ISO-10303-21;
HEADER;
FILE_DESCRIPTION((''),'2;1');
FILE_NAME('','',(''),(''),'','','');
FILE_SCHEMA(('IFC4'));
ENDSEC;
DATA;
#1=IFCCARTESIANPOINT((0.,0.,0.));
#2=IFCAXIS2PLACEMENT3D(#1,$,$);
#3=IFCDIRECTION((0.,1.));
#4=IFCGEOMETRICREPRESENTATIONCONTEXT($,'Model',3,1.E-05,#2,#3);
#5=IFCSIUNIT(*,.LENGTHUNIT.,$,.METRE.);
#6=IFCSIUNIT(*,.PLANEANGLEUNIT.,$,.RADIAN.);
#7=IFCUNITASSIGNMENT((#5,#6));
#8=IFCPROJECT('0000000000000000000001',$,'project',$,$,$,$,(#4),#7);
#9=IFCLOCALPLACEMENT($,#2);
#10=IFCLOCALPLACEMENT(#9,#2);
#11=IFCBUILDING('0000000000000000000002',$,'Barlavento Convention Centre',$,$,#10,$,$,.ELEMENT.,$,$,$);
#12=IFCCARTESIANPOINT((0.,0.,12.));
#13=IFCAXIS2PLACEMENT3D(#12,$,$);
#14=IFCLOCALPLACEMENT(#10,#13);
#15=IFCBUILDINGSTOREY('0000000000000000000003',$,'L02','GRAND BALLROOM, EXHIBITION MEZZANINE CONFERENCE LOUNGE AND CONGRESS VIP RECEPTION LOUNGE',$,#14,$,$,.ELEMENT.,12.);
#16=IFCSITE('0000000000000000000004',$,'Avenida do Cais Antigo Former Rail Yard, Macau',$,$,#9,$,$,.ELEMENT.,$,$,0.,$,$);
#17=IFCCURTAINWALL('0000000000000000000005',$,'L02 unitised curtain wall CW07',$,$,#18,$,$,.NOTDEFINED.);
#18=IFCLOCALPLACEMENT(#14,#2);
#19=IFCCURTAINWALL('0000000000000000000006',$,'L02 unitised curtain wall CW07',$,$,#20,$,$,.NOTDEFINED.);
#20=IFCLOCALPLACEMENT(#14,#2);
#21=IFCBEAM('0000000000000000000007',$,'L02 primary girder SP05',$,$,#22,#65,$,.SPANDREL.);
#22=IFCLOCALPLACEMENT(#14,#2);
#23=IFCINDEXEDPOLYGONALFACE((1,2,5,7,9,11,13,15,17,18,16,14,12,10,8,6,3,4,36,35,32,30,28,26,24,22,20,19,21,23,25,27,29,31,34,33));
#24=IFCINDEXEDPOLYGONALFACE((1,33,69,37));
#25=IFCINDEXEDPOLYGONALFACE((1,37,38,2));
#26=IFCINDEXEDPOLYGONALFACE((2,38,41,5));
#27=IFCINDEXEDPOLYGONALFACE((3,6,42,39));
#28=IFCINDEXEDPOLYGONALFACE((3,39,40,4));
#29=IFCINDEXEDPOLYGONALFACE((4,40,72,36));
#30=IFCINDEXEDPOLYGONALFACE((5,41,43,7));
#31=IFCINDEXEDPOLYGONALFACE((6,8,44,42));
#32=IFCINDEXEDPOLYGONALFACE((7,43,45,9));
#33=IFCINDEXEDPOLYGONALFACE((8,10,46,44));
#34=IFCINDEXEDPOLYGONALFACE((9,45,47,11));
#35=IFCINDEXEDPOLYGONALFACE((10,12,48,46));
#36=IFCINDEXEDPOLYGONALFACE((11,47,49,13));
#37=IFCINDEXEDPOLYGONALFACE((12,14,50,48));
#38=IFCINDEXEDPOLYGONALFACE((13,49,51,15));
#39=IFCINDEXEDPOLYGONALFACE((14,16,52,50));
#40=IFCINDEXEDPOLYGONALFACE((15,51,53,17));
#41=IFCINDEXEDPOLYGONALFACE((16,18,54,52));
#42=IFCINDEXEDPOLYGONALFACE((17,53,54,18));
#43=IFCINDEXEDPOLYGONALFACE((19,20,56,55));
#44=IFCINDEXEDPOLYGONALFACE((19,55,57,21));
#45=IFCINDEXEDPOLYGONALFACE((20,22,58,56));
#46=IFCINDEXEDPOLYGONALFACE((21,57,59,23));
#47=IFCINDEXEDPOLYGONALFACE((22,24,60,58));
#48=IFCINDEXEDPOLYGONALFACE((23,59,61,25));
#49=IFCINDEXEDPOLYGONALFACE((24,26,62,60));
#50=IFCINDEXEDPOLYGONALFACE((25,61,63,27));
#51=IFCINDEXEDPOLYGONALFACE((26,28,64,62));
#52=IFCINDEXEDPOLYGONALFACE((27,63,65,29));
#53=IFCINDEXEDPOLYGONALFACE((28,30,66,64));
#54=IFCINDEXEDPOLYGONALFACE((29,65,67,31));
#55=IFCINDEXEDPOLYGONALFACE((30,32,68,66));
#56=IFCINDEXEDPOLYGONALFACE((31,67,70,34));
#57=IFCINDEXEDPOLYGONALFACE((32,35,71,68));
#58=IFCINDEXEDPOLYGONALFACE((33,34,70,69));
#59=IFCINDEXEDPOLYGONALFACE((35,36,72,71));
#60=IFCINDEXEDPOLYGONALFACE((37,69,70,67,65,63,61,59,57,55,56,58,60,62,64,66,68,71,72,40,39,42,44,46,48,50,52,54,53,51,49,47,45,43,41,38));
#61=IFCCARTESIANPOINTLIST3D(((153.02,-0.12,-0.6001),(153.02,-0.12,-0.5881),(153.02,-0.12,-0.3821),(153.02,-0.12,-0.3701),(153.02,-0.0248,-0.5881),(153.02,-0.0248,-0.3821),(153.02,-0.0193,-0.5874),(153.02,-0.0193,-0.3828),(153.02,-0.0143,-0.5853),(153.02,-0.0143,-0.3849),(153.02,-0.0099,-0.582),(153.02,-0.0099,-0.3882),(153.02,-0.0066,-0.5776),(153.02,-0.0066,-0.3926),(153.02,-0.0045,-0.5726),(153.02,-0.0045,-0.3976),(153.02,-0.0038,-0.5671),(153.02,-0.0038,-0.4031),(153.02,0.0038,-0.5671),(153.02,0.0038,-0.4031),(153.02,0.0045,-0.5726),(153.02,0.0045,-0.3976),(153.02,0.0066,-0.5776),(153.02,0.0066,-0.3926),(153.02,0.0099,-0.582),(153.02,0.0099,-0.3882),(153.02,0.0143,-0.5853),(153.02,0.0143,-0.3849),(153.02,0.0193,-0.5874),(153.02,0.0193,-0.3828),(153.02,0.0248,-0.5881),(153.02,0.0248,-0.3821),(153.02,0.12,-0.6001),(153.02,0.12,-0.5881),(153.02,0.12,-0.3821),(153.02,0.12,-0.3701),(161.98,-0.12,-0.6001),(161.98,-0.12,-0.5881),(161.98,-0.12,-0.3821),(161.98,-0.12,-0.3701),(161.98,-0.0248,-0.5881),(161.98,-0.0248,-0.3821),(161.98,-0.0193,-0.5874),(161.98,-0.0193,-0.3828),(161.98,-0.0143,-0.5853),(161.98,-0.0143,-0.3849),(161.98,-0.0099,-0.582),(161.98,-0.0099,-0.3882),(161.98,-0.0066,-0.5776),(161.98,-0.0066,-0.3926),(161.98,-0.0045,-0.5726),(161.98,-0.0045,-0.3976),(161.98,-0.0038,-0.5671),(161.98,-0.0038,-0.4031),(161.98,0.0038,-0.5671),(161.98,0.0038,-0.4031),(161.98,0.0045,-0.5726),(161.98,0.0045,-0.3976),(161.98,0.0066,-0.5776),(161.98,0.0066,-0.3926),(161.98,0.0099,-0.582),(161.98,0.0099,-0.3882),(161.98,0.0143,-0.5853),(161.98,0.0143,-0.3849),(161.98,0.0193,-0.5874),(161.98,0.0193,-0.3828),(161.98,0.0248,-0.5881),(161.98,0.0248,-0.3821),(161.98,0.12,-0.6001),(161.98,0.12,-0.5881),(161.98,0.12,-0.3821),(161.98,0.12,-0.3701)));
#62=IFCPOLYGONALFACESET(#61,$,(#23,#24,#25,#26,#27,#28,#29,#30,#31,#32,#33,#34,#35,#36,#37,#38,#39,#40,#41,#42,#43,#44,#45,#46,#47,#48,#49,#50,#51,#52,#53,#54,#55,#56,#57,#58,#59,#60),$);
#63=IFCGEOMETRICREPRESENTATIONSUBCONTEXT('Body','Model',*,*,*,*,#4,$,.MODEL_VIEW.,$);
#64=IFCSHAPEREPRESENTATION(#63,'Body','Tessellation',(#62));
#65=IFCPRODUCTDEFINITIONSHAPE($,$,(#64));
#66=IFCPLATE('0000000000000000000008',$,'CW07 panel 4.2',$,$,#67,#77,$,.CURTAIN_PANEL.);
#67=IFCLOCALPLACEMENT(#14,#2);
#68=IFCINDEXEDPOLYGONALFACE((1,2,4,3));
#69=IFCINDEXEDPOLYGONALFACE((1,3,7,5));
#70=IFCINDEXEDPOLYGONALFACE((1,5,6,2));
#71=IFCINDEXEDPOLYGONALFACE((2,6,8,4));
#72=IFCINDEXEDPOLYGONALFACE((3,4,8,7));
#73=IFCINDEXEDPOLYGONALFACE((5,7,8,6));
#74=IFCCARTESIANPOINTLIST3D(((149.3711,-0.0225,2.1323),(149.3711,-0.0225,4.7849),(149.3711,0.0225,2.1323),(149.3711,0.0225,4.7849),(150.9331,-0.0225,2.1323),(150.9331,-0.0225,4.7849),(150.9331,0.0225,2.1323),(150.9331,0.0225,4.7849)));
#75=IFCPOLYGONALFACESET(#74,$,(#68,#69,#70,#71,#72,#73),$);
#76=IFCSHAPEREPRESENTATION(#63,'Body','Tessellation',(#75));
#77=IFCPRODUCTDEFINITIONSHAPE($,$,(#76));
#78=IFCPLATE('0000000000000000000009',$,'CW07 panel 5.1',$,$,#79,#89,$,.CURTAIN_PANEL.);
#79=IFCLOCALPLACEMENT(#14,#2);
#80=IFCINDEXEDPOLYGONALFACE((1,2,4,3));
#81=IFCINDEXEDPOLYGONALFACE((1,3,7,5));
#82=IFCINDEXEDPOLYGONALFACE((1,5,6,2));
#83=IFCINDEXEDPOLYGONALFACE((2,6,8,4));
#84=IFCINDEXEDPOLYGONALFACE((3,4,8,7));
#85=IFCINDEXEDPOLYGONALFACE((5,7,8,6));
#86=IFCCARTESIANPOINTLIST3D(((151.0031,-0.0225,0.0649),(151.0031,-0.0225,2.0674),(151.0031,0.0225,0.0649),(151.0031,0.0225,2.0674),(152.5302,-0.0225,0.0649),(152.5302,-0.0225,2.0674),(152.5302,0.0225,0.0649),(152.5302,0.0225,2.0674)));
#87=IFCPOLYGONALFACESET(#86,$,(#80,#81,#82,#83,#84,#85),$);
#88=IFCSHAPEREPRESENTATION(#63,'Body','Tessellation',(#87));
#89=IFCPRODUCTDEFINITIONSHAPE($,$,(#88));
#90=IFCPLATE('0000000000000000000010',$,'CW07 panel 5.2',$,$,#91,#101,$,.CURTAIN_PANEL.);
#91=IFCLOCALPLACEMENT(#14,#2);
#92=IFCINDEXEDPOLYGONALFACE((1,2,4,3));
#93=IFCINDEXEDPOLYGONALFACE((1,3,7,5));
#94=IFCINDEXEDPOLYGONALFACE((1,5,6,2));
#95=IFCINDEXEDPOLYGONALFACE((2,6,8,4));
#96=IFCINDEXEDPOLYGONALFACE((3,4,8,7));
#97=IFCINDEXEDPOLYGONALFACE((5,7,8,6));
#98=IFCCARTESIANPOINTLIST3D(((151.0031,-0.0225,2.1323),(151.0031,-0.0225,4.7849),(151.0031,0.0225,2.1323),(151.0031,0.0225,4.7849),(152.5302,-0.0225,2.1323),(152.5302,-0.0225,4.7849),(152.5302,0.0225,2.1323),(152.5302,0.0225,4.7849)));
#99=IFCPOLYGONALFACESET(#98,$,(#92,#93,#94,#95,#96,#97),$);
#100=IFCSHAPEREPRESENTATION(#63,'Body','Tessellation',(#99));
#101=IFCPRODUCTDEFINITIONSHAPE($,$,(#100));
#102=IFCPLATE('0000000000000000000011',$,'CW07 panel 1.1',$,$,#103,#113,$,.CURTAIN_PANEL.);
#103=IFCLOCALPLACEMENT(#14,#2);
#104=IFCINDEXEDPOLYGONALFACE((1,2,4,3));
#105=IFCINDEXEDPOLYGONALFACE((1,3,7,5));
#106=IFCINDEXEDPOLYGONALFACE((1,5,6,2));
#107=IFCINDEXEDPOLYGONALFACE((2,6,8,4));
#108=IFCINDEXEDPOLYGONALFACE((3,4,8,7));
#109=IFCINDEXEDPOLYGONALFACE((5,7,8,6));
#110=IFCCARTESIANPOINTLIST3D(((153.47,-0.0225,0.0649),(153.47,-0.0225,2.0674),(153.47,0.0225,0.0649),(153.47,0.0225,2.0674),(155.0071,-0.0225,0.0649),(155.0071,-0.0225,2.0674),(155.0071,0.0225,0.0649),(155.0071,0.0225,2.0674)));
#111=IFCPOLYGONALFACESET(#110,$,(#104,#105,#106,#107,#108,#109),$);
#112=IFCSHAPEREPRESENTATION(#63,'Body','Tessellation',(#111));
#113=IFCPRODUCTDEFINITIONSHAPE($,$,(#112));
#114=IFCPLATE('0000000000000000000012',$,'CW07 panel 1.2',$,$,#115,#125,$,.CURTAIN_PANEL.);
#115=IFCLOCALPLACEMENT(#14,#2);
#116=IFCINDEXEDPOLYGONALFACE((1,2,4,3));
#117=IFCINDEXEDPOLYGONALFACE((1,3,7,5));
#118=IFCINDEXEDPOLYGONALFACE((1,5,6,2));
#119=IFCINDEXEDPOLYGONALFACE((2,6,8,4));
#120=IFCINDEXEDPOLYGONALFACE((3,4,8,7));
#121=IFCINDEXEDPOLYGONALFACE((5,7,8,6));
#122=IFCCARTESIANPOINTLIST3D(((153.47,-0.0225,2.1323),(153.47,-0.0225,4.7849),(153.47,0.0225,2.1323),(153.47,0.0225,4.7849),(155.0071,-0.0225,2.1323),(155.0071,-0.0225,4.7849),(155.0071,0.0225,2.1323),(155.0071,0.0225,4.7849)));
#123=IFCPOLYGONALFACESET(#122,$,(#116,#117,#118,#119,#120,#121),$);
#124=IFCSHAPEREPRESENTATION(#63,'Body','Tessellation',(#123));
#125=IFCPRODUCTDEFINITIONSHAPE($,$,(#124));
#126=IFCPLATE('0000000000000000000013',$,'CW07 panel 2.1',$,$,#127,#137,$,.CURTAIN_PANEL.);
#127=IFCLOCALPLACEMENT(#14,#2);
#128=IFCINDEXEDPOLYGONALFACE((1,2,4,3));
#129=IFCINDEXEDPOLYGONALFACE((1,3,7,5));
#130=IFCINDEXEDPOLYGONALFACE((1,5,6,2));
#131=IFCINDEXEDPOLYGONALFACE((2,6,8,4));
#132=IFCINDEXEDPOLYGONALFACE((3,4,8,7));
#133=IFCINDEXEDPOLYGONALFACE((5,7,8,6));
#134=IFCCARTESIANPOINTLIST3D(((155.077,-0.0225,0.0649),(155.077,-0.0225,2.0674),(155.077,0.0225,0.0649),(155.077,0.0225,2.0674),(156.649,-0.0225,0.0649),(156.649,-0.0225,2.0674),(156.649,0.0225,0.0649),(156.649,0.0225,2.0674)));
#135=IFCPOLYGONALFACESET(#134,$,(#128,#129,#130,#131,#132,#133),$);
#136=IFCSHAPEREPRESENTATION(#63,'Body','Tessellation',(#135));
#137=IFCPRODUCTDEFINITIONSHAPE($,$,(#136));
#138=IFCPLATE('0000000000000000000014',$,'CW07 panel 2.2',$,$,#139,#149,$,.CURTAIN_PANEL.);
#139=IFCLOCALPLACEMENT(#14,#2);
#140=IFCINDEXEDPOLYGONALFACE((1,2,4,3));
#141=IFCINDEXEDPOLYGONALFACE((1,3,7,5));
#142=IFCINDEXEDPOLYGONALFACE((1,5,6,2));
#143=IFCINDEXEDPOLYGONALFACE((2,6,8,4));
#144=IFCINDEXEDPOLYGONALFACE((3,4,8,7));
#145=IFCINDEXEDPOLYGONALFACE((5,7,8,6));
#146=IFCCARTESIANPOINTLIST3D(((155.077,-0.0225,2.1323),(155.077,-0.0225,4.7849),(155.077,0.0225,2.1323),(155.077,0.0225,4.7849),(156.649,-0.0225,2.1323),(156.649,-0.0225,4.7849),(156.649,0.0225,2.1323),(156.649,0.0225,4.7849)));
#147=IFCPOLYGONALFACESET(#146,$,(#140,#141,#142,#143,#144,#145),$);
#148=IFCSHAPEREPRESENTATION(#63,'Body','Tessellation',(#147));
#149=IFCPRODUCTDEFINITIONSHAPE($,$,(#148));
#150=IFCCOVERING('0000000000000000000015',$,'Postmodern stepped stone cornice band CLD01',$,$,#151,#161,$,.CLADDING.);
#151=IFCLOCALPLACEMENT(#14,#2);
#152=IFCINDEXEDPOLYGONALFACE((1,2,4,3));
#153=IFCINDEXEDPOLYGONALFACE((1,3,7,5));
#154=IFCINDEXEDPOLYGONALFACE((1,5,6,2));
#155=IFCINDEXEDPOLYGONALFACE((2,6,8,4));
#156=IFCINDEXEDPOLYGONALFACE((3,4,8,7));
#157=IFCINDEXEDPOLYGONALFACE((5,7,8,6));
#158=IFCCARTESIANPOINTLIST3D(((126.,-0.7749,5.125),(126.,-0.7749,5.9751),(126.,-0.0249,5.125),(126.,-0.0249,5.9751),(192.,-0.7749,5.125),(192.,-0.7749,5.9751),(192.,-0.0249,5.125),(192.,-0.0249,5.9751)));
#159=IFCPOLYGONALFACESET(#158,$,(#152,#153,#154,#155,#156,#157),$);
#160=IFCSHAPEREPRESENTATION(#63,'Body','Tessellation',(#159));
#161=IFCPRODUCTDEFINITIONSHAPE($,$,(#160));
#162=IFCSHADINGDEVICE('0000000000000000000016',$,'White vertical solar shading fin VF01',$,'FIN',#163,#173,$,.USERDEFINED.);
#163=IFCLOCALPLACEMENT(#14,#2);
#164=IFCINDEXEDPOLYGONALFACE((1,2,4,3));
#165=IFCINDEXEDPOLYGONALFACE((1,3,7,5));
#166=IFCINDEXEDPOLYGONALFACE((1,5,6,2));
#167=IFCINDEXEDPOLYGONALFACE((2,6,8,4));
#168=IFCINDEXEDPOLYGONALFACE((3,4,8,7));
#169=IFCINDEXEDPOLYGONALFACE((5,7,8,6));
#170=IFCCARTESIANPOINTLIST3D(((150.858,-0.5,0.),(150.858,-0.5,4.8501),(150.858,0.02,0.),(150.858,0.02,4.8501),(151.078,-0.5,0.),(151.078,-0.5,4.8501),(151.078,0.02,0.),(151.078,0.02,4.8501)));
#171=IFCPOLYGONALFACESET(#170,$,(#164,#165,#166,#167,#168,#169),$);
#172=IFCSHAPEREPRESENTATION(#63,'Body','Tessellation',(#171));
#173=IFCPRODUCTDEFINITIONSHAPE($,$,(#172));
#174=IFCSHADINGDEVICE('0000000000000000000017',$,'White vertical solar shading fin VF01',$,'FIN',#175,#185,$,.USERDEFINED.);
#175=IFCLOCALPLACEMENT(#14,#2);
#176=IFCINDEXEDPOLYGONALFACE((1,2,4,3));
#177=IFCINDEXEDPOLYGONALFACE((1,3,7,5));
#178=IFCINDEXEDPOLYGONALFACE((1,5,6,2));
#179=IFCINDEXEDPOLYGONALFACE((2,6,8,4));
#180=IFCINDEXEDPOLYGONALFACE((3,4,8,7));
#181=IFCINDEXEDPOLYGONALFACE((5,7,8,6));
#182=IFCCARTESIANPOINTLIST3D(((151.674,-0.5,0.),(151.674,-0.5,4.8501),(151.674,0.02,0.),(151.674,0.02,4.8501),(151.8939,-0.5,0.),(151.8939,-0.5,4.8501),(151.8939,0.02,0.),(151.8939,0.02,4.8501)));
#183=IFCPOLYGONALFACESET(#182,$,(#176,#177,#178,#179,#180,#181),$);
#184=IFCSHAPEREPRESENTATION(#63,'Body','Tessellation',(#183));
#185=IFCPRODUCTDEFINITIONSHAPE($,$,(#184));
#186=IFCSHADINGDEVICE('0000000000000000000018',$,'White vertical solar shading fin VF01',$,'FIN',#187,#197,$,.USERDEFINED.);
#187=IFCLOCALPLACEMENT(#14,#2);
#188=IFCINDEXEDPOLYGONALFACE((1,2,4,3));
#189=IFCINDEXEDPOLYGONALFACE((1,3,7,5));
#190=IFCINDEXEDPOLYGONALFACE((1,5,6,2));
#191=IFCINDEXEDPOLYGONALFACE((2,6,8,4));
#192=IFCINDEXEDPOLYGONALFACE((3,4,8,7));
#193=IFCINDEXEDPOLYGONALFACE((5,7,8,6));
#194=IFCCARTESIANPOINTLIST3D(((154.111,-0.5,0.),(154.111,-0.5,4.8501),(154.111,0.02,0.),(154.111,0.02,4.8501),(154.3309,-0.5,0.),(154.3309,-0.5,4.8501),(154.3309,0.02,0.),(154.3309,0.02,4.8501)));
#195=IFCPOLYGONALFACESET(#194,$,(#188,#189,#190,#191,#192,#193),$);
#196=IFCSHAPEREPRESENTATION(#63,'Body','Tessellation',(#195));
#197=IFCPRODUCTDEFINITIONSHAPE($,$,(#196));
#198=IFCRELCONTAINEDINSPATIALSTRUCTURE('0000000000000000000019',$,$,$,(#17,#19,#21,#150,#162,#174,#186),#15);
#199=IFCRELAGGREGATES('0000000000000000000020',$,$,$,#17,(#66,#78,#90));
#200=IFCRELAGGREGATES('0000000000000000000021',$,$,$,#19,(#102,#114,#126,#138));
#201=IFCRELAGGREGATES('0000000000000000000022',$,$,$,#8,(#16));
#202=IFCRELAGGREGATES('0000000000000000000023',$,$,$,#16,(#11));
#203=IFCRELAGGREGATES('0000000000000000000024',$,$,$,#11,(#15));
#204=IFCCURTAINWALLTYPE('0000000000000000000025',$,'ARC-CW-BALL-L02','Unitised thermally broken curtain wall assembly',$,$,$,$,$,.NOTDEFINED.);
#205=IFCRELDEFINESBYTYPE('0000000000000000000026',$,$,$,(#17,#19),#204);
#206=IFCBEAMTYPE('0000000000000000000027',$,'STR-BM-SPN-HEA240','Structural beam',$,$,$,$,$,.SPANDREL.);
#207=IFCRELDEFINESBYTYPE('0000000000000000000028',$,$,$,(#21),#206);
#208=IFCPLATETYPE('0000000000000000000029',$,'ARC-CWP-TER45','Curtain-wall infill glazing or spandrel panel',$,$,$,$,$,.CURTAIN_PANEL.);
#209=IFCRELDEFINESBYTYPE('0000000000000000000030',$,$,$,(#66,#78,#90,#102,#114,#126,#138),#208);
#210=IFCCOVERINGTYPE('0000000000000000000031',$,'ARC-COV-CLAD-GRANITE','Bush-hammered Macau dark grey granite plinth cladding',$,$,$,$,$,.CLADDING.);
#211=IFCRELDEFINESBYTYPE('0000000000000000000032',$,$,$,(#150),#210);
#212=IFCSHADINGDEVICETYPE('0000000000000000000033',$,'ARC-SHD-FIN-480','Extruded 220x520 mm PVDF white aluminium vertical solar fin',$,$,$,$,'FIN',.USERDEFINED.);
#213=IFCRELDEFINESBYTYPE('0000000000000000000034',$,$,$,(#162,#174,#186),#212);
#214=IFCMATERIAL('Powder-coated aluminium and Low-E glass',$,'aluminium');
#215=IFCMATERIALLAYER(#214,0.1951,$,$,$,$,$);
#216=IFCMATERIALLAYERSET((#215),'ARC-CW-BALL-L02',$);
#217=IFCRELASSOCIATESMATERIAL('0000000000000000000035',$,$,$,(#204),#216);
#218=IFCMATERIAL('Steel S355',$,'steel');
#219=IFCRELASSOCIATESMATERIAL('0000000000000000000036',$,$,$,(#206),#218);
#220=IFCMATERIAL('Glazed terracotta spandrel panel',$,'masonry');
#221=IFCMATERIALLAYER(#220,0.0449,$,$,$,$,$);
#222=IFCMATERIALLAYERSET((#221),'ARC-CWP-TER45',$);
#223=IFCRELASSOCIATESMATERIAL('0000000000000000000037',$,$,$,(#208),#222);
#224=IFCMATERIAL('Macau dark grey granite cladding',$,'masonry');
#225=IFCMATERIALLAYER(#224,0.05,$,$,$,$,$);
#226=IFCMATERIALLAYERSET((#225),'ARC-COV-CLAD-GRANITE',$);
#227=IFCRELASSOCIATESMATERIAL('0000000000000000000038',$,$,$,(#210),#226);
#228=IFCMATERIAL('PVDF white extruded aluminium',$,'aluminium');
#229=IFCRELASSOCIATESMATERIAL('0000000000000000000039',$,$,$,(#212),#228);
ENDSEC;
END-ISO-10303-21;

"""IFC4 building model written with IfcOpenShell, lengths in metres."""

from ifc_helpers import new_model, si_unit, direction, frame, origin, origin_2d, place, context, subcontext, project, spatial, rectangle, i_section, extrude, material, layer, layer_set, material_profile, profile_set, type_object, element, aggregate, save


model = new_model("IFC4")

# Units and contexts
model_context = context("Model", 3, precision=1e-05, world=origin(), true_north=direction((0.0, 1.0)))
body_context = subcontext(model_context, "Body", "Model", "MODEL_VIEW")
ifc_project = project(units=[si_unit("LENGTHUNIT", "METRE"), si_unit("PLANEANGLEUNIT", "RADIAN")], contexts=[model_context])

# Site, building, storey
site_placement = place(None, origin())
site = spatial("IfcSite", under=ifc_project, at=site_placement, Name="Avenida do Cais Antigo Former Rail Yard, Macau", CompositionType="ELEMENT", RefElevation=0.0)
building_placement = place(site_placement, origin())
building = spatial("IfcBuilding", under=site, at=building_placement, Name="Barlavento Convention Centre", CompositionType="ELEMENT")
storey_placement = place(building_placement, frame((0.0, 0.0, 12.0)))
storey = spatial("IfcBuildingStorey", under=building, at=storey_placement, Name="L02", Description="GRAND BALLROOM, EXHIBITION MEZZANINE CONFERENCE LOUNGE AND CONGRESS VIP RECEPTION LOUNGE", CompositionType="ELEMENT", Elevation=12.0)

# Shared definitions
ifc_material_1 = material(Name="Steel S355", Category="steel")

# Curtain walls
ifc_material_2 = material(Name="Powder-coated aluminium and Low-E glass", Category="aluminium")
ifc_layer_1 = layer(ifc_material_2, 0.1951)
ifc_layer_set_1 = layer_set([ifc_layer_1], Name="ARC-CW-BALL-L02")
curtain_wall_type = type_object("IfcCurtainWallType", Name="ARC-CW-BALL-L02", Description="Unitised thermally broken curtain wall assembly", PredefinedType="NOTDEFINED", material=ifc_layer_set_1)
curtain_wall_1_placement = place(storey_placement, origin())
curtain_wall_1 = element("IfcCurtainWall", 1, at=curtain_wall_1_placement, inside=storey, type_object=curtain_wall_type, Name="L02 unitised curtain wall CW07", PredefinedType="NOTDEFINED")
curtain_wall_2_placement = place(storey_placement, origin())
curtain_wall_2 = element("IfcCurtainWall", 2, at=curtain_wall_2_placement, inside=storey, type_object=curtain_wall_type, Name="L02 unitised curtain wall CW07", PredefinedType="NOTDEFINED")

# Beam
ifc_material_profile_1 = material_profile(ifc_material_1, i_section(OverallWidth=0.24, OverallDepth=0.23, WebThickness=0.0076, FlangeThickness=0.012, FilletRadius=0.021, at=origin_2d()), Name="HEA 240")
ifc_profile_set_1 = profile_set([ifc_material_profile_1], Name="Steel S355")
beam_type = type_object("IfcBeamType", Name="STR-BM-SPN-HEA240", Description="Structural beam", PredefinedType="SPANDREL", material=ifc_profile_set_1)
beam_placement = place(storey_placement, frame((153.02, 0.0, -0.4851), z_axis=(1.0, 0.0, 0.0), x_axis=(0.0, 1.0, 0.0)))
element("IfcBeam", 3, at=beam_placement, inside=storey, type_object=beam_type, Name="L02 primary girder SP05", PredefinedType="SPANDREL", context=body_context, shape_type="SweptSolid", body=[
    extrude(i_section(OverallWidth=0.24, OverallDepth=0.23, WebThickness=0.0076, FlangeThickness=0.012, FilletRadius=0.021, at=origin_2d()), origin(), (0.0, 0.0, 1.0), 8.96),
])

# Plates
ifc_material_3 = material(Name="Glazed terracotta spandrel panel", Category="masonry")
ifc_layer_2 = layer(ifc_material_3, 0.0449)
ifc_layer_set_2 = layer_set([ifc_layer_2], Name="ARC-CWP-TER45")
plate_type = type_object("IfcPlateType", Name="ARC-CWP-TER45", Description="Curtain-wall infill glazing or spandrel panel", PredefinedType="CURTAIN_PANEL", material=ifc_layer_set_2)
plate_1_placement = place(storey_placement, frame((150.1521, 0.0, 2.1323), z_axis=(0.0, 0.0, 1.0), x_axis=(1.0, 0.0, 0.0)))
plate_1 = element("IfcPlate", 4, at=plate_1_placement, type_object=plate_type, Name="CW07 panel 4.2", PredefinedType="CURTAIN_PANEL", context=body_context, shape_type="SweptSolid", body=[
    extrude(rectangle(XDim=1.562, YDim=0.0449, at=origin_2d()), origin(), (0.0, 0.0, 1.0), 2.6526),
])
plate_2_placement = place(storey_placement, frame((151.7666, 0.0, 0.0649), z_axis=(0.0, 0.0, 1.0), x_axis=(1.0, 0.0, 0.0)))
plate_2 = element("IfcPlate", 5, at=plate_2_placement, type_object=plate_type, Name="CW07 panel 5.1", PredefinedType="CURTAIN_PANEL", context=body_context, shape_type="SweptSolid", body=[
    extrude(rectangle(XDim=1.5271, YDim=0.0449, at=origin_2d()), origin(), (0.0, 0.0, 1.0), 2.0024),
])
plate_3_placement = place(storey_placement, frame((151.7666, 0.0, 2.1323), z_axis=(0.0, 0.0, 1.0), x_axis=(1.0, 0.0, 0.0)))
plate_3 = element("IfcPlate", 6, at=plate_3_placement, type_object=plate_type, Name="CW07 panel 5.2", PredefinedType="CURTAIN_PANEL", context=body_context, shape_type="SweptSolid", body=[
    extrude(rectangle(XDim=1.5271, YDim=0.0449, at=origin_2d()), origin(), (0.0, 0.0, 1.0), 2.6526),
])
aggregate(curtain_wall_1, [plate_1, plate_2, plate_3])
plate_4_placement = place(storey_placement, frame((154.2385, 0.0, 0.0649), z_axis=(0.0, 0.0, 1.0), x_axis=(1.0, 0.0, 0.0)))
plate_4 = element("IfcPlate", 7, at=plate_4_placement, type_object=plate_type, Name="CW07 panel 1.1", PredefinedType="CURTAIN_PANEL", context=body_context, shape_type="SweptSolid", body=[
    extrude(rectangle(XDim=1.5371, YDim=0.0449, at=origin_2d()), origin(), (0.0, 0.0, 1.0), 2.0024),
])
plate_5_placement = place(storey_placement, frame((154.2385, 0.0, 2.1323), z_axis=(0.0, 0.0, 1.0), x_axis=(1.0, 0.0, 0.0)))
plate_5 = element("IfcPlate", 8, at=plate_5_placement, type_object=plate_type, Name="CW07 panel 1.2", PredefinedType="CURTAIN_PANEL", context=body_context, shape_type="SweptSolid", body=[
    extrude(rectangle(XDim=1.5371, YDim=0.0449, at=origin_2d()), origin(), (0.0, 0.0, 1.0), 2.6526),
])
plate_6_placement = place(storey_placement, frame((155.863, 0.0, 0.0649), z_axis=(0.0, 0.0, 1.0), x_axis=(1.0, 0.0, 0.0)))
plate_6 = element("IfcPlate", 9, at=plate_6_placement, type_object=plate_type, Name="CW07 panel 2.1", PredefinedType="CURTAIN_PANEL", context=body_context, shape_type="SweptSolid", body=[
    extrude(rectangle(XDim=1.572, YDim=0.0449, at=origin_2d()), origin(), (0.0, 0.0, 1.0), 2.0024),
])
plate_7_placement = place(storey_placement, frame((155.863, 0.0, 2.1323), z_axis=(0.0, 0.0, 1.0), x_axis=(1.0, 0.0, 0.0)))
plate_7 = element("IfcPlate", 10, at=plate_7_placement, type_object=plate_type, Name="CW07 panel 2.2", PredefinedType="CURTAIN_PANEL", context=body_context, shape_type="SweptSolid", body=[
    extrude(rectangle(XDim=1.572, YDim=0.0449, at=origin_2d()), origin(), (0.0, 0.0, 1.0), 2.6526),
])
aggregate(curtain_wall_2, [plate_4, plate_5, plate_6, plate_7])

# Covering
ifc_material_4 = material(Name="Macau dark grey granite cladding", Category="masonry")
ifc_layer_3 = layer(ifc_material_4, 0.05)
ifc_layer_set_3 = layer_set([ifc_layer_3], Name="ARC-COV-CLAD-GRANITE")
covering_type = type_object("IfcCoveringType", Name="ARC-COV-CLAD-GRANITE", Description="Bush-hammered Macau dark grey granite plinth cladding", PredefinedType="CLADDING", material=ifc_layer_set_3)
covering_placement = place(storey_placement, frame((159.0, -0.3999, 5.125), z_axis=(0.0, 0.0, 1.0), x_axis=(1.0, 0.0, 0.0)))
element("IfcCovering", 11, at=covering_placement, inside=storey, type_object=covering_type, Name="Postmodern stepped stone cornice band CLD01", PredefinedType="CLADDING", context=body_context, shape_type="SweptSolid", body=[
    extrude(rectangle(XDim=66.0, YDim=0.75, at=origin_2d()), origin(), (0.0, 0.0, 1.0), 0.8501),
])

# Shading devices
ifc_material_5 = material(Name="PVDF white extruded aluminium", Category="aluminium")
shading_device_type = type_object("IfcShadingDeviceType", Name="ARC-SHD-FIN-480", Description="Extruded 220x520 mm PVDF white aluminium vertical solar fin", ElementType="FIN", PredefinedType="USERDEFINED", material=ifc_material_5)
for number, where, z_axis, x_axis, name in (
    (12, (150.968, -0.24, 0.0), (0.0, 0.0, 1.0), (1.0, 0.0, 0.0), "White vertical solar shading fin VF01"),
    (13, (151.7839, -0.24, 0.0), (0.0, 0.0, 1.0), (1.0, 0.0, 0.0), "White vertical solar shading fin VF01"),
    (14, (154.2209, -0.24, 0.0), (0.0, 0.0, 1.0), (1.0, 0.0, 0.0), "White vertical solar shading fin VF01"),
):
    element("IfcShadingDevice", number, at=place(storey_placement, frame(where, z_axis=z_axis, x_axis=x_axis)), inside=storey, type_object=shading_device_type, Name=name, ObjectType="FIN", PredefinedType="USERDEFINED", context=body_context, shape_type="SweptSolid", body=[
        extrude(rectangle(XDim=0.22, YDim=0.52, at=origin_2d()), origin(), (0.0, 0.0, 1.0), 4.8501),
    ])

save(model, "model.ifc")
